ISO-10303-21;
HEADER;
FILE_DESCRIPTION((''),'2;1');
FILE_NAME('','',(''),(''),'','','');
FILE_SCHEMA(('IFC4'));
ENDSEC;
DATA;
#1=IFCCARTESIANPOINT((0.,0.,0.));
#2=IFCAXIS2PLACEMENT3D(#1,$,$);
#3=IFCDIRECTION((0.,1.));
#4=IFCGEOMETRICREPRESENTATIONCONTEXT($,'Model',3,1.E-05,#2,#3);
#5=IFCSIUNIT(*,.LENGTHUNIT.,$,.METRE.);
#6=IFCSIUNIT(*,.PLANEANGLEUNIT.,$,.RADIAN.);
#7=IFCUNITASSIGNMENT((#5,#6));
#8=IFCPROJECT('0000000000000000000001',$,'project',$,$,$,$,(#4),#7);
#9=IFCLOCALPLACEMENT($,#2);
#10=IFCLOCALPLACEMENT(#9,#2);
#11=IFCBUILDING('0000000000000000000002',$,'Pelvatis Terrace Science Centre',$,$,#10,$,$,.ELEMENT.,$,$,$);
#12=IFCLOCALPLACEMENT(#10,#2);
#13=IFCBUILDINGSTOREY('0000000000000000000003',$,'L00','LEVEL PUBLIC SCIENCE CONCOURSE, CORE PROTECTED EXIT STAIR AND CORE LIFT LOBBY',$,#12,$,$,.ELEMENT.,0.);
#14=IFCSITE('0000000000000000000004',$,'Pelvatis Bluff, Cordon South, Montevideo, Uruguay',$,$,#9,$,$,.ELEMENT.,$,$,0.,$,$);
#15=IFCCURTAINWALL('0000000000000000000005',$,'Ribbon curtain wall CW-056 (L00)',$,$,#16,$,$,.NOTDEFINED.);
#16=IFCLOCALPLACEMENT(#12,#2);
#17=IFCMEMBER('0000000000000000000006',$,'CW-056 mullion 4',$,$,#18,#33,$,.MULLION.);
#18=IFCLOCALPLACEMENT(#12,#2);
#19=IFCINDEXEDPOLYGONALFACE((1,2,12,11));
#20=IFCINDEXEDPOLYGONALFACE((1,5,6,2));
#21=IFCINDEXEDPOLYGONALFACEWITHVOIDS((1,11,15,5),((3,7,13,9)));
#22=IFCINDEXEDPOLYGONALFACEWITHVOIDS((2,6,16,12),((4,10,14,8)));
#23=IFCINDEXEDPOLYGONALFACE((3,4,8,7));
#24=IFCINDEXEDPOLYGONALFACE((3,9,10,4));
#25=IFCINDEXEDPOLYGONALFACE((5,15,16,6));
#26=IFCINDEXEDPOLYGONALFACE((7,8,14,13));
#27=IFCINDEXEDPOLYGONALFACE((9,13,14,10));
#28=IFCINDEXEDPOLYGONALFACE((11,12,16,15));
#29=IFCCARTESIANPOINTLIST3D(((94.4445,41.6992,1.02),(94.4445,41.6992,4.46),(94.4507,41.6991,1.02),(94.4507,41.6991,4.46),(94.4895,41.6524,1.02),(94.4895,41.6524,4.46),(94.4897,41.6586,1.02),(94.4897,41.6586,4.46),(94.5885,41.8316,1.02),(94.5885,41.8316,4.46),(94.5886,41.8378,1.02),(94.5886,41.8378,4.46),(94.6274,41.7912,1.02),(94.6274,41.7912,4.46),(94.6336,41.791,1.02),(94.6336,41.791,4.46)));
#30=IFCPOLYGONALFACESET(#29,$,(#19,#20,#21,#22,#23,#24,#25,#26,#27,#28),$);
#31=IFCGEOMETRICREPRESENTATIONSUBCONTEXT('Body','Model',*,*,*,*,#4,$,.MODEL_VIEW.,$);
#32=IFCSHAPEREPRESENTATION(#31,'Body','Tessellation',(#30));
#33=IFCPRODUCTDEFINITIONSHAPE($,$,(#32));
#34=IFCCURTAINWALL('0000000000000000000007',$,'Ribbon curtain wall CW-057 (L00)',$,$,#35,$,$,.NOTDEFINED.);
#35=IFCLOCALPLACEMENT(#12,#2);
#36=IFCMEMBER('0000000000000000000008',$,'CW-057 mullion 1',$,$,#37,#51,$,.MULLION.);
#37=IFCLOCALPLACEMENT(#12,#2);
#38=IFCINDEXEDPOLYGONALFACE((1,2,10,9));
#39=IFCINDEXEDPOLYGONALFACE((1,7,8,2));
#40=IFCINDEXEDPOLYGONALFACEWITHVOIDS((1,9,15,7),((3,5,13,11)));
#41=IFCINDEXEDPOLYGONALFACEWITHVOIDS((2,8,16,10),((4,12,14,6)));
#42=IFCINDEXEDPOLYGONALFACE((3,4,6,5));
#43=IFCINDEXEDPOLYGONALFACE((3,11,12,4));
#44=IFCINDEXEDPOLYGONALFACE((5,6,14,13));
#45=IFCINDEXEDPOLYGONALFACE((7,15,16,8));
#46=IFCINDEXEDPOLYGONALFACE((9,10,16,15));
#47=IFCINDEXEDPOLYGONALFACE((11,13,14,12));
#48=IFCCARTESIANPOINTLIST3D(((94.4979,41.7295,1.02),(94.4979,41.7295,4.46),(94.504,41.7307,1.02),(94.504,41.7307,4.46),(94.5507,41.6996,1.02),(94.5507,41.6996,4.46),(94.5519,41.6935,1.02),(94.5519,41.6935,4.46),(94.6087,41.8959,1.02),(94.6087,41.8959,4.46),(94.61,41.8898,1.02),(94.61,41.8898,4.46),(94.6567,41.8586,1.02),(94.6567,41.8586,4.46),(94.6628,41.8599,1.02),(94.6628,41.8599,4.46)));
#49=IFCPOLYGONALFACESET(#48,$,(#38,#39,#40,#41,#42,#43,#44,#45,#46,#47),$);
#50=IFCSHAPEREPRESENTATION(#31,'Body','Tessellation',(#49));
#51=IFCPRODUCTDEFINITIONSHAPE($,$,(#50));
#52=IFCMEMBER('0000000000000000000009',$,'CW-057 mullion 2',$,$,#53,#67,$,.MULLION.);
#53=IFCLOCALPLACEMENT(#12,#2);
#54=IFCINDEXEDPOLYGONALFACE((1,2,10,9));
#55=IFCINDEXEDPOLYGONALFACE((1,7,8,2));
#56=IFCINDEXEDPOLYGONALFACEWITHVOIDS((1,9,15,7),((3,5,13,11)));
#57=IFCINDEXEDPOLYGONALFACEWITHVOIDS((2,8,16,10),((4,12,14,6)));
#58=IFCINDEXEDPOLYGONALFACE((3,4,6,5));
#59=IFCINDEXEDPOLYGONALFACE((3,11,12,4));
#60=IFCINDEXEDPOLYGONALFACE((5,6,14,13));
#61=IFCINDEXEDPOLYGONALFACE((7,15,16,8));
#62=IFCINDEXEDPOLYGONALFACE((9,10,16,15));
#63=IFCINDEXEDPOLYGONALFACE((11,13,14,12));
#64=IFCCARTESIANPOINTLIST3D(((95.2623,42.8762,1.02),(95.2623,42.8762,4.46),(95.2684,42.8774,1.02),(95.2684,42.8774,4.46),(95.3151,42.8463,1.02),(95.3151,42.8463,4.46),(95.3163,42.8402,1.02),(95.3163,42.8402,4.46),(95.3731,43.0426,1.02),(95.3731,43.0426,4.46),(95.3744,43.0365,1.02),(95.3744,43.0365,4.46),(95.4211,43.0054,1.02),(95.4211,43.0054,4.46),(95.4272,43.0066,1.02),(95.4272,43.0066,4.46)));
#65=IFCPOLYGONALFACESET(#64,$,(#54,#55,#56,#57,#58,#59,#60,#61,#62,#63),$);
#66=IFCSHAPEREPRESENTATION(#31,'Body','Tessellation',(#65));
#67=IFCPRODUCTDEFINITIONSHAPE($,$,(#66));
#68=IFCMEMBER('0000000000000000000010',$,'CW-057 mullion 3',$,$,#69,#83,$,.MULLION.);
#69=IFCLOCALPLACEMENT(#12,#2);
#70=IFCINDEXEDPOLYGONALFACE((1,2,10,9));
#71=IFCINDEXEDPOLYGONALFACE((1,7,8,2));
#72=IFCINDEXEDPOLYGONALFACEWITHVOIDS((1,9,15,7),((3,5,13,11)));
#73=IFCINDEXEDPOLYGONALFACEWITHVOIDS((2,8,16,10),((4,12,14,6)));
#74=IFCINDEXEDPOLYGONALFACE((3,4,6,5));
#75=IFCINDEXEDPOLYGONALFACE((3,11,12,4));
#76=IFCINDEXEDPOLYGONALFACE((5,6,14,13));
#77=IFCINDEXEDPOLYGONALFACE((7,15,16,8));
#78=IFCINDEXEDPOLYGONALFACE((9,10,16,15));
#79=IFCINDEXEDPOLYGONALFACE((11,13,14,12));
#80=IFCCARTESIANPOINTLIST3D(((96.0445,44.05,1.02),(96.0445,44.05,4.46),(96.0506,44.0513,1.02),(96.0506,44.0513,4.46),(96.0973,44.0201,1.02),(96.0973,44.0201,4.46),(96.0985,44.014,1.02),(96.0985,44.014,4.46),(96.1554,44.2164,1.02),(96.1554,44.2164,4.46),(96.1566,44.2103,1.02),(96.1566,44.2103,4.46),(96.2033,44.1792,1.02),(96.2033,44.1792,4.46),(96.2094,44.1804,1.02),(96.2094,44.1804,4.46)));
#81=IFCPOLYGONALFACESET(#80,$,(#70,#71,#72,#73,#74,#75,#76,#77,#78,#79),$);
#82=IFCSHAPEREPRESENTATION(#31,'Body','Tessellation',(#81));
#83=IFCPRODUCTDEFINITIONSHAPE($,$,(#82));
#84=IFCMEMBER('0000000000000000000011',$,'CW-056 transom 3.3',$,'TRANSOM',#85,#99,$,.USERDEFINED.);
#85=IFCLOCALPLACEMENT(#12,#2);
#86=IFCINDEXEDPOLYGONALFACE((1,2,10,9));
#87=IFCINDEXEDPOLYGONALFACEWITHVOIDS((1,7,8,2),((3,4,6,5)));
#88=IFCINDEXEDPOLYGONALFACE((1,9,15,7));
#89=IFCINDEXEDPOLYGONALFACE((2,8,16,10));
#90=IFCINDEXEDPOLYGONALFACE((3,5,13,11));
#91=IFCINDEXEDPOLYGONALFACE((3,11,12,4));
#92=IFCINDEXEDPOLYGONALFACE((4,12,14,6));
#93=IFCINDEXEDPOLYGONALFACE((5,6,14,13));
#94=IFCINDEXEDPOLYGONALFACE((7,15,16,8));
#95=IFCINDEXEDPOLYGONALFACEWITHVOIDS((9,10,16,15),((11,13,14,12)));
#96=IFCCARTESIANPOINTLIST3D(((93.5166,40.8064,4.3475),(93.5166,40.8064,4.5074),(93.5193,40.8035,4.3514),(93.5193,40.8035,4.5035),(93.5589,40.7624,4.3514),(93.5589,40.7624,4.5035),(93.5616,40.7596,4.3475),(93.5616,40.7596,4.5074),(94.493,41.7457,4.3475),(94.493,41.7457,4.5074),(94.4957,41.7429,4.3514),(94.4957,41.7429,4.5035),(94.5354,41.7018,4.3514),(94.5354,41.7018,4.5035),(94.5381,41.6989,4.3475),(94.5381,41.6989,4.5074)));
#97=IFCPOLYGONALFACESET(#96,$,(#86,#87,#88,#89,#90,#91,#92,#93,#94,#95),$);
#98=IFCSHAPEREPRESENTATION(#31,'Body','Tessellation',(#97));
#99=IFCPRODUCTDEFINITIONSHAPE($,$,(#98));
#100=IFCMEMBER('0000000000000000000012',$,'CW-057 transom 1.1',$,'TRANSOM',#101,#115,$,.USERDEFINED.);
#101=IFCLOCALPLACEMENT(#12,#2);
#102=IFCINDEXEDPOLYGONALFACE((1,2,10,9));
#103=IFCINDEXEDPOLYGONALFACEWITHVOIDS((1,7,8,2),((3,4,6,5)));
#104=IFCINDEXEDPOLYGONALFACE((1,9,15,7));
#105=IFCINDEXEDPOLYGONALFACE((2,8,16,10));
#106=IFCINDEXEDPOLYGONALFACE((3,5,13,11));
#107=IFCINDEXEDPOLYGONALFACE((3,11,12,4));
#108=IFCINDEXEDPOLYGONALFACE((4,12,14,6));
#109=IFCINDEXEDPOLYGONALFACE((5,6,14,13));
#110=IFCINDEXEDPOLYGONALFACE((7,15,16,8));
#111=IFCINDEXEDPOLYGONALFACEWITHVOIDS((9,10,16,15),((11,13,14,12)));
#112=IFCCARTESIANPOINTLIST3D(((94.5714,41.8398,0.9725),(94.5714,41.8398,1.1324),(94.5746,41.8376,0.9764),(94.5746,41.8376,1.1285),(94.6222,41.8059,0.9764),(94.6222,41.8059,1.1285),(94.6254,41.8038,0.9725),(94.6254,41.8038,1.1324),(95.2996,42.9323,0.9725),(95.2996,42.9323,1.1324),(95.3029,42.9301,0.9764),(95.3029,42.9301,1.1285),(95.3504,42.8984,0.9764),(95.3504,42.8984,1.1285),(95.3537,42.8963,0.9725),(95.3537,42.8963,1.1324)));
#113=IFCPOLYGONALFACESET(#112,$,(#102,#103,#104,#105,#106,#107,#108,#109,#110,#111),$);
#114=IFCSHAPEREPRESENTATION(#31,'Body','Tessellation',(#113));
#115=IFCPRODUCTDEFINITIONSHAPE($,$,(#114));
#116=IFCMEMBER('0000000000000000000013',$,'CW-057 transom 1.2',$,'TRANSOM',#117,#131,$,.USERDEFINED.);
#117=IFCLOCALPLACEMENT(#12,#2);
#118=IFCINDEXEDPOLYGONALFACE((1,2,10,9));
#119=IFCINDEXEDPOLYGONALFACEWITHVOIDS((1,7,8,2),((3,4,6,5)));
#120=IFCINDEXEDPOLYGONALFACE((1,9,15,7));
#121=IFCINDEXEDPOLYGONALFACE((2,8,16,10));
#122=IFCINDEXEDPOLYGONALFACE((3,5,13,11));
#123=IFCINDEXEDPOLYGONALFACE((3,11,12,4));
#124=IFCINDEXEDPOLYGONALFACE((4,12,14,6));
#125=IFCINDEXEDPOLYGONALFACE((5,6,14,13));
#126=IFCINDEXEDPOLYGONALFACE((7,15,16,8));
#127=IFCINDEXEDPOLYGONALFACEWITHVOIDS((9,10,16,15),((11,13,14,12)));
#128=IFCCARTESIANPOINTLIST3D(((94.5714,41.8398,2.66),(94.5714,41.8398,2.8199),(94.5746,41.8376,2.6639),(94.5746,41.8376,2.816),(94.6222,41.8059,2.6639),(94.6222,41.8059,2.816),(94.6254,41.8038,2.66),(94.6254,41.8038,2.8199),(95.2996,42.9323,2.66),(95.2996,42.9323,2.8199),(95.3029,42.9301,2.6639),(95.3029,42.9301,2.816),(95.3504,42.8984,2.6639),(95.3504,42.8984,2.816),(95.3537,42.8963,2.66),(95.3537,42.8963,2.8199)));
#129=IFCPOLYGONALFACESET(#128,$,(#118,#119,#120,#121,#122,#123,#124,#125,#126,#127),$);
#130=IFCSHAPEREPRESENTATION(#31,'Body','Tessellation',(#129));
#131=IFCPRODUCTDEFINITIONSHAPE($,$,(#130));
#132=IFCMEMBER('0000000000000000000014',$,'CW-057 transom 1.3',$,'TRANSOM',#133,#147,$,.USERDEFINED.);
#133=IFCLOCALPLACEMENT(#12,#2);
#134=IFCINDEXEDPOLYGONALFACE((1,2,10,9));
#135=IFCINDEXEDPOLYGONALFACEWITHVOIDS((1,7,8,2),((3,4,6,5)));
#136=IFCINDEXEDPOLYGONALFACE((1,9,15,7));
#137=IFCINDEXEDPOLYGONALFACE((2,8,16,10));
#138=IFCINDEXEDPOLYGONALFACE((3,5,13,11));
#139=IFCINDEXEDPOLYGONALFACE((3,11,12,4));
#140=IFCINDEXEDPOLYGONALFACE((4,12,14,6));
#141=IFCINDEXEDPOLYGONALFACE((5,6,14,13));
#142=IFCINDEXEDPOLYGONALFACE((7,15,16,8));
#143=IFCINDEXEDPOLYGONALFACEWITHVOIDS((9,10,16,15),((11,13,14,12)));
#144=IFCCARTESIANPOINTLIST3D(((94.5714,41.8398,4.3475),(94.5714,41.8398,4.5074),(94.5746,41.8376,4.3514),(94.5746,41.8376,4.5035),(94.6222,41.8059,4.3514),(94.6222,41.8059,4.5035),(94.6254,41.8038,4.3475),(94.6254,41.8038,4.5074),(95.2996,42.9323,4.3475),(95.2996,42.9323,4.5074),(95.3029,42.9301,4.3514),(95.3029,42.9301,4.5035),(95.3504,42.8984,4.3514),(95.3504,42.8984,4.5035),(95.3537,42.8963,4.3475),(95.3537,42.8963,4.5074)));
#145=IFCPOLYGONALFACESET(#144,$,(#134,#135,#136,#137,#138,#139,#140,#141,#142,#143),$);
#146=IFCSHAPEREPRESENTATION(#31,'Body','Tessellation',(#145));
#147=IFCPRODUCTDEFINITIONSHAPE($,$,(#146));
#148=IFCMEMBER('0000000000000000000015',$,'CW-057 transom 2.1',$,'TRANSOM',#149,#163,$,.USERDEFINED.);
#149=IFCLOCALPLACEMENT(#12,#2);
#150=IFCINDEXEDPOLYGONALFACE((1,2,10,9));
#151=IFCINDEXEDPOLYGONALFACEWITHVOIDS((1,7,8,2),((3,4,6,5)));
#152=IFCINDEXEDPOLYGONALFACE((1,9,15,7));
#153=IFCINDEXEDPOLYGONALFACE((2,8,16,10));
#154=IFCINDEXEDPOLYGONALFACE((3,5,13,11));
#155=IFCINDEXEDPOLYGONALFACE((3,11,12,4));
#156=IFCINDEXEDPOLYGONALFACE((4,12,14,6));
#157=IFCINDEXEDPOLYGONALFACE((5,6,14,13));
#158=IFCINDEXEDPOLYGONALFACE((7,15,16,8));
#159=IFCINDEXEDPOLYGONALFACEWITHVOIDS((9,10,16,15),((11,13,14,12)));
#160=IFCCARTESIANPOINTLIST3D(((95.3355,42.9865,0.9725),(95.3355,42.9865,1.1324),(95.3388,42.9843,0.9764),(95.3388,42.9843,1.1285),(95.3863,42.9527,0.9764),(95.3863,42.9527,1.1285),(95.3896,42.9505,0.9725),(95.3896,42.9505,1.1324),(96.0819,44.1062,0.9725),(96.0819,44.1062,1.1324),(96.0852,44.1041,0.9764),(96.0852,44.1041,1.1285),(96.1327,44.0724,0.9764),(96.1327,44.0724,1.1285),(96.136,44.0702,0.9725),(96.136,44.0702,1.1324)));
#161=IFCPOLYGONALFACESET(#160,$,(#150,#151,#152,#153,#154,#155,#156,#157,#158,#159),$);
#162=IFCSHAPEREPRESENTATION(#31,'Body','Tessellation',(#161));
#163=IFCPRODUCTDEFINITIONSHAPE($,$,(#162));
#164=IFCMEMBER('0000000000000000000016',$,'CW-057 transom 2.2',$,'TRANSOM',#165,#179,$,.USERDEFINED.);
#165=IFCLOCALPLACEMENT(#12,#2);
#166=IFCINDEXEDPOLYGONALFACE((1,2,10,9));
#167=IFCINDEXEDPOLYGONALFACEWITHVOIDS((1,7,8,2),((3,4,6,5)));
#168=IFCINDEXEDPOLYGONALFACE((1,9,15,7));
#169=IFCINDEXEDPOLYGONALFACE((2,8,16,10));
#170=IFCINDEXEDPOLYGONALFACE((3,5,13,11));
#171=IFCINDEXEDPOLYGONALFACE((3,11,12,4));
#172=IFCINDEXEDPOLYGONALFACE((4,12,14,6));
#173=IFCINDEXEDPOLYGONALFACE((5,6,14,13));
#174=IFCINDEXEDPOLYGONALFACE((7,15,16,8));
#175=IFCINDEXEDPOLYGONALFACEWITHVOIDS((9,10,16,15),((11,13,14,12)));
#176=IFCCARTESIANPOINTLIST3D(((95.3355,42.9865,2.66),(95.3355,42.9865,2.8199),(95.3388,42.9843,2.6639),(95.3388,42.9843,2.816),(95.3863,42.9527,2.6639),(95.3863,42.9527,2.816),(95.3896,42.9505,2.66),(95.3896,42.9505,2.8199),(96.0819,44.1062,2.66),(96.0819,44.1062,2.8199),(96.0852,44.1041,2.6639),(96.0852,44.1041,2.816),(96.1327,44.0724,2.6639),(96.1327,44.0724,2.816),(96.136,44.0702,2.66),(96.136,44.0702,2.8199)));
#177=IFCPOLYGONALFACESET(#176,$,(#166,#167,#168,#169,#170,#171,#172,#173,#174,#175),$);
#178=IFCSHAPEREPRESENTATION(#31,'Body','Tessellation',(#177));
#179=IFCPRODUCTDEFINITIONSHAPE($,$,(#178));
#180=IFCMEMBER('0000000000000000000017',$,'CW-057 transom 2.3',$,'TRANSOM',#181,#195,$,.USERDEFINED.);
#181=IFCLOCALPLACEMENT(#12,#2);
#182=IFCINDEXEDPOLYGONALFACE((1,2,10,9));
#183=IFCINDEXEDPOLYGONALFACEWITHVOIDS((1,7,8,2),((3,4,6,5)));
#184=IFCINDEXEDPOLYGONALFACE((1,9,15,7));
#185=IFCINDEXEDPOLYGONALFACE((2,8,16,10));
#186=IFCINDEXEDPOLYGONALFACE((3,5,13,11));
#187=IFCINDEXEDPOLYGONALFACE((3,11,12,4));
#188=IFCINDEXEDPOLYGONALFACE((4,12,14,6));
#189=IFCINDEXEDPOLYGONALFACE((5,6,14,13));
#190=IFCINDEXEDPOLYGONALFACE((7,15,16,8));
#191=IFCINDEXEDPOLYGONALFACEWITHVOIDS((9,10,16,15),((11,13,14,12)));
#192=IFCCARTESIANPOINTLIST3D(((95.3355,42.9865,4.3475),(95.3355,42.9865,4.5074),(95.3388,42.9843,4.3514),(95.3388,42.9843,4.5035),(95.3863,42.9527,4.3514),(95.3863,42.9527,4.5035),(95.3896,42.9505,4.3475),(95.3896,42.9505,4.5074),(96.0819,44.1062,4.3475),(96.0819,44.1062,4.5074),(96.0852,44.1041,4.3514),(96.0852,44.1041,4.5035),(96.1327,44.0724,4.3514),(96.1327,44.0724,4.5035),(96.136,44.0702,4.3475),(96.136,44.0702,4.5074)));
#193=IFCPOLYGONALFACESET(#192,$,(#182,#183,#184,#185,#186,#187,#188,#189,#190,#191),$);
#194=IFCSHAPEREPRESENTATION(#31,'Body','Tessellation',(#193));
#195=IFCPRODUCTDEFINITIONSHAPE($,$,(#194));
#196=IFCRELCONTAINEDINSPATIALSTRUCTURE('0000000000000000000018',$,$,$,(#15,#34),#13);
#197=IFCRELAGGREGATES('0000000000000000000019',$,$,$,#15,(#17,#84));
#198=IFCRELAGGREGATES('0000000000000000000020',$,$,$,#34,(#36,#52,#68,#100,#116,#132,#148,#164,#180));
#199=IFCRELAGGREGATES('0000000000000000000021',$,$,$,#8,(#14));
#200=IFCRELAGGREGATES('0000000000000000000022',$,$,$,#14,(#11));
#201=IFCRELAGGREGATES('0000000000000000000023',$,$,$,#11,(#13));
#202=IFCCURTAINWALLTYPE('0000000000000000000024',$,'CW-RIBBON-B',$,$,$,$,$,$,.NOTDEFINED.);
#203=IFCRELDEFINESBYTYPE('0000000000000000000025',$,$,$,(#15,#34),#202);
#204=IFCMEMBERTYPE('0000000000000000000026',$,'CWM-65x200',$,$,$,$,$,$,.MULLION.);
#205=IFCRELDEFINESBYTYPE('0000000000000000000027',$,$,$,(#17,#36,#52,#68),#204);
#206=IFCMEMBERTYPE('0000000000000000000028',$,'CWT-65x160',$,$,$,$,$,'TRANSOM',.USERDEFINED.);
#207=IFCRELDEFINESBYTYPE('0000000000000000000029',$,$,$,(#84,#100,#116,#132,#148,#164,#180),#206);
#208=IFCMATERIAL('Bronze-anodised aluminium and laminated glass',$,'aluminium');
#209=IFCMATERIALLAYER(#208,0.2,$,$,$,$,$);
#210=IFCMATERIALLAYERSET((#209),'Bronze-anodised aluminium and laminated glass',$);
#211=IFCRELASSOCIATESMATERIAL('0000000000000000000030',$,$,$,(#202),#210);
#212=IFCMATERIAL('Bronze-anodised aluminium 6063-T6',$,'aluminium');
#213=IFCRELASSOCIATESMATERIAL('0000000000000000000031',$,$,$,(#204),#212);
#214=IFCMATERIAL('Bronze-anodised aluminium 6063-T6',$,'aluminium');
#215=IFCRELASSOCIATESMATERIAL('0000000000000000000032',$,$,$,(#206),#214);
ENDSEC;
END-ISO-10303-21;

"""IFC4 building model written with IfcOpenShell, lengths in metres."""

from ifc_helpers import new_model, si_unit, direction, frame, origin, origin_2d, place, context, subcontext, project, spatial, hollow_rectangle, extrude, material, layer, layer_set, material_profile, profile_set, type_object, element, aggregate, save


model = new_model("IFC4")

# Units and contexts
model_context = context("Model", 3, precision=1e-05, world=origin(), true_north=direction((0.0, 1.0)))
body_context = subcontext(model_context, "Body", "Model", "MODEL_VIEW")
ifc_project = project(units=[si_unit("LENGTHUNIT", "METRE"), si_unit("PLANEANGLEUNIT", "RADIAN")], contexts=[model_context])

# Site, building, storey
site_placement = place(None, origin())
site = spatial("IfcSite", under=ifc_project, at=site_placement, Name="Pelvatis Bluff, Cordon South, Montevideo, Uruguay", CompositionType="ELEMENT", RefElevation=0.0)
building_placement = place(site_placement, origin())
building = spatial("IfcBuilding", under=site, at=building_placement, Name="Pelvatis Terrace Science Centre", CompositionType="ELEMENT")
storey_placement = place(building_placement, origin())
storey = spatial("IfcBuildingStorey", under=building, at=storey_placement, Name="L00", Description="LEVEL PUBLIC SCIENCE CONCOURSE, CORE PROTECTED EXIT STAIR AND CORE LIFT LOBBY", CompositionType="ELEMENT", Elevation=0.0)

# Curtain wall, member
ifc_material_1 = material(Name="Bronze-anodised aluminium and laminated glass", Category="aluminium")
ifc_layer_1 = layer(ifc_material_1, 0.2)
ifc_layer_set_1 = layer_set([ifc_layer_1], Name="Bronze-anodised aluminium and laminated glass")
curtain_wall_type = type_object("IfcCurtainWallType", Name="CW-RIBBON-B", PredefinedType="NOTDEFINED", material=ifc_layer_set_1)
curtain_wall_1_placement = place(storey_placement, origin())
curtain_wall_1 = element("IfcCurtainWall", 1, at=curtain_wall_1_placement, inside=storey, type_object=curtain_wall_type, Name="Ribbon curtain wall CW-056 (L00)", PredefinedType="NOTDEFINED")
ifc_material_2 = material(Name="Bronze-anodised aluminium 6063-T6", Category="aluminium")
ifc_material_profile_1 = material_profile(ifc_material_2, hollow_rectangle(XDim=0.0649, YDim=0.2, WallThickness=0.0044, at=origin_2d()), Name="ALU-MUL 65x200")
ifc_profile_set_1 = profile_set([ifc_material_profile_1], Name="Bronze-anodised aluminium 6063-T6")
member_type_1 = type_object("IfcMemberType", Name="CWM-65x200", PredefinedType="MULLION", material=ifc_profile_set_1)
member_1_placement = place(storey_placement, frame((94.5391, 41.7451, 1.02), z_axis=(0.0, 0.0, 1.0), x_axis=(-0.693369, 0.720583, 0.0)))
member_1 = element("IfcMember", 2, at=member_1_placement, type_object=member_type_1, Name="CW-056 mullion 4", PredefinedType="MULLION", context=body_context, shape_type="SweptSolid", body=[
    extrude(hollow_rectangle(XDim=0.0649, YDim=0.2, WallThickness=0.0044, at=origin_2d()), origin(), (0.0, 0.0, 1.0), 3.4399),
])

# Curtain wall, members
curtain_wall_2_placement = place(storey_placement, origin())
curtain_wall_2 = element("IfcCurtainWall", 3, at=curtain_wall_2_placement, inside=storey, type_object=curtain_wall_type, Name="Ribbon curtain wall CW-057 (L00)", PredefinedType="NOTDEFINED")
member_2_placement = place(storey_placement, frame((94.5803, 41.7947, 1.02), z_axis=(0.0, 0.0, 1.0), x_axis=(-0.832148, 0.554553, 0.0)))
member_2 = element("IfcMember", 4, at=member_2_placement, type_object=member_type_1, Name="CW-057 mullion 1", PredefinedType="MULLION", context=body_context, shape_type="SweptSolid", body=[
    extrude(hollow_rectangle(XDim=0.0649, YDim=0.2, WallThickness=0.0044, at=origin_2d()), origin(), (0.0, 0.0, 1.0), 3.4399),
])
member_3_placement = place(storey_placement, frame((95.3447, 42.9414, 1.02), z_axis=(0.0, 0.0, 1.0), x_axis=(-0.832148, 0.554553, 0.0)))
member_3 = element("IfcMember", 5, at=member_3_placement, type_object=member_type_1, Name="CW-057 mullion 2", PredefinedType="MULLION", context=body_context, shape_type="SweptSolid", body=[
    extrude(hollow_rectangle(XDim=0.0649, YDim=0.2, WallThickness=0.0044, at=origin_2d()), origin(), (0.0, 0.0, 1.0), 3.4399),
])
member_4_placement = place(storey_placement, frame((96.127, 44.1152, 1.02), z_axis=(0.0, 0.0, 1.0), x_axis=(-0.832148, 0.554553, 0.0)))
member_4 = element("IfcMember", 6, at=member_4_placement, type_object=member_type_1, Name="CW-057 mullion 3", PredefinedType="MULLION", context=body_context, shape_type="SweptSolid", body=[
    extrude(hollow_rectangle(XDim=0.0649, YDim=0.2, WallThickness=0.0044, at=origin_2d()), origin(), (0.0, 0.0, 1.0), 3.4399),
])

# Members
ifc_material_3 = material(Name="Bronze-anodised aluminium 6063-T6", Category="aluminium")
ifc_material_profile_2 = material_profile(ifc_material_3, hollow_rectangle(XDim=0.0649, YDim=0.1599, WallThickness=0.0039, at=origin_2d()), Name="ALU-TRN 65x160")
ifc_profile_set_2 = profile_set([ifc_material_profile_2], Name="Bronze-anodised aluminium 6063-T6")
member_type_2 = type_object("IfcMemberType", Name="CWT-65x160", ElementType="TRANSOM", PredefinedType="USERDEFINED", material=ifc_profile_set_2)
member_5_placement = place(storey_placement, frame((93.5391, 40.783, 4.4275), z_axis=(0.720667, 0.693282, 0.0), x_axis=(-0.693282, 0.720667, 0.0)))
member_5 = element("IfcMember", 7, at=member_5_placement, type_object=member_type_2, Name="CW-056 transom 3.3", ObjectType="TRANSOM", PredefinedType="USERDEFINED", context=body_context, shape_type="SweptSolid", body=[
    extrude(hollow_rectangle(XDim=0.0649, YDim=0.1599, WallThickness=0.0039, at=origin_2d()), origin(), (0.0, 0.0, 1.0), 1.355),
])
member_6_placement = place(storey_placement, frame((94.5984, 41.8218, 1.0525), z_axis=(0.554657, 0.832079, 0.0), x_axis=(-0.832079, 0.554657, 0.0)))
member_6 = element("IfcMember", 8, at=member_6_placement, type_object=member_type_2, Name="CW-057 transom 1.1", ObjectType="TRANSOM", PredefinedType="USERDEFINED", context=body_context, shape_type="SweptSolid", body=[
    extrude(hollow_rectangle(XDim=0.0649, YDim=0.1599, WallThickness=0.0039, at=origin_2d()), origin(), (0.0, 0.0, 1.0), 1.313),
])
member_7_placement = place(storey_placement, frame((94.5984, 41.8218, 2.74), z_axis=(0.554657, 0.832079, 0.0), x_axis=(-0.832079, 0.554657, 0.0)))
member_7 = element("IfcMember", 9, at=member_7_placement, type_object=member_type_2, Name="CW-057 transom 1.2", ObjectType="TRANSOM", PredefinedType="USERDEFINED", context=body_context, shape_type="SweptSolid", body=[
    extrude(hollow_rectangle(XDim=0.0649, YDim=0.1599, WallThickness=0.0039, at=origin_2d()), origin(), (0.0, 0.0, 1.0), 1.313),
])
member_8_placement = place(storey_placement, frame((94.5984, 41.8218, 4.4275), z_axis=(0.554657, 0.832079, 0.0), x_axis=(-0.832079, 0.554657, 0.0)))
member_8 = element("IfcMember", 10, at=member_8_placement, type_object=member_type_2, Name="CW-057 transom 1.3", ObjectType="TRANSOM", PredefinedType="USERDEFINED", context=body_context, shape_type="SweptSolid", body=[
    extrude(hollow_rectangle(XDim=0.0649, YDim=0.1599, WallThickness=0.0039, at=origin_2d()), origin(), (0.0, 0.0, 1.0), 1.313),
])
member_9_placement = place(storey_placement, frame((95.3625, 42.9685, 1.0525), z_axis=(0.554658, 0.832078, 0.0), x_axis=(-0.832078, 0.554658, 0.0)))
member_9 = element("IfcMember", 11, at=member_9_placement, type_object=member_type_2, Name="CW-057 transom 2.1", ObjectType="TRANSOM", PredefinedType="USERDEFINED", context=body_context, shape_type="SweptSolid", body=[
    extrude(hollow_rectangle(XDim=0.0649, YDim=0.1599, WallThickness=0.0039, at=origin_2d()), origin(), (0.0, 0.0, 1.0), 1.3457),
])
member_10_placement = place(storey_placement, frame((95.3625, 42.9685, 2.74), z_axis=(0.554658, 0.832078, 0.0), x_axis=(-0.832078, 0.554658, 0.0)))
member_10 = element("IfcMember", 12, at=member_10_placement, type_object=member_type_2, Name="CW-057 transom 2.2", ObjectType="TRANSOM", PredefinedType="USERDEFINED", context=body_context, shape_type="SweptSolid", body=[
    extrude(hollow_rectangle(XDim=0.0649, YDim=0.1599, WallThickness=0.0039, at=origin_2d()), origin(), (0.0, 0.0, 1.0), 1.3457),
])
member_11_placement = place(storey_placement, frame((95.3625, 42.9685, 4.4275), z_axis=(0.554658, 0.832078, 0.0), x_axis=(-0.832078, 0.554658, 0.0)))
member_11 = element("IfcMember", 13, at=member_11_placement, type_object=member_type_2, Name="CW-057 transom 2.3", ObjectType="TRANSOM", PredefinedType="USERDEFINED", context=body_context, shape_type="SweptSolid", body=[
    extrude(hollow_rectangle(XDim=0.0649, YDim=0.1599, WallThickness=0.0039, at=origin_2d()), origin(), (0.0, 0.0, 1.0), 1.3457),
])

aggregate(curtain_wall_1, [member_1, member_5])
aggregate(curtain_wall_2, [member_2, member_3, member_4, member_6, member_7, member_8, member_9, member_10, member_11])

save(model, "model.ifc")
